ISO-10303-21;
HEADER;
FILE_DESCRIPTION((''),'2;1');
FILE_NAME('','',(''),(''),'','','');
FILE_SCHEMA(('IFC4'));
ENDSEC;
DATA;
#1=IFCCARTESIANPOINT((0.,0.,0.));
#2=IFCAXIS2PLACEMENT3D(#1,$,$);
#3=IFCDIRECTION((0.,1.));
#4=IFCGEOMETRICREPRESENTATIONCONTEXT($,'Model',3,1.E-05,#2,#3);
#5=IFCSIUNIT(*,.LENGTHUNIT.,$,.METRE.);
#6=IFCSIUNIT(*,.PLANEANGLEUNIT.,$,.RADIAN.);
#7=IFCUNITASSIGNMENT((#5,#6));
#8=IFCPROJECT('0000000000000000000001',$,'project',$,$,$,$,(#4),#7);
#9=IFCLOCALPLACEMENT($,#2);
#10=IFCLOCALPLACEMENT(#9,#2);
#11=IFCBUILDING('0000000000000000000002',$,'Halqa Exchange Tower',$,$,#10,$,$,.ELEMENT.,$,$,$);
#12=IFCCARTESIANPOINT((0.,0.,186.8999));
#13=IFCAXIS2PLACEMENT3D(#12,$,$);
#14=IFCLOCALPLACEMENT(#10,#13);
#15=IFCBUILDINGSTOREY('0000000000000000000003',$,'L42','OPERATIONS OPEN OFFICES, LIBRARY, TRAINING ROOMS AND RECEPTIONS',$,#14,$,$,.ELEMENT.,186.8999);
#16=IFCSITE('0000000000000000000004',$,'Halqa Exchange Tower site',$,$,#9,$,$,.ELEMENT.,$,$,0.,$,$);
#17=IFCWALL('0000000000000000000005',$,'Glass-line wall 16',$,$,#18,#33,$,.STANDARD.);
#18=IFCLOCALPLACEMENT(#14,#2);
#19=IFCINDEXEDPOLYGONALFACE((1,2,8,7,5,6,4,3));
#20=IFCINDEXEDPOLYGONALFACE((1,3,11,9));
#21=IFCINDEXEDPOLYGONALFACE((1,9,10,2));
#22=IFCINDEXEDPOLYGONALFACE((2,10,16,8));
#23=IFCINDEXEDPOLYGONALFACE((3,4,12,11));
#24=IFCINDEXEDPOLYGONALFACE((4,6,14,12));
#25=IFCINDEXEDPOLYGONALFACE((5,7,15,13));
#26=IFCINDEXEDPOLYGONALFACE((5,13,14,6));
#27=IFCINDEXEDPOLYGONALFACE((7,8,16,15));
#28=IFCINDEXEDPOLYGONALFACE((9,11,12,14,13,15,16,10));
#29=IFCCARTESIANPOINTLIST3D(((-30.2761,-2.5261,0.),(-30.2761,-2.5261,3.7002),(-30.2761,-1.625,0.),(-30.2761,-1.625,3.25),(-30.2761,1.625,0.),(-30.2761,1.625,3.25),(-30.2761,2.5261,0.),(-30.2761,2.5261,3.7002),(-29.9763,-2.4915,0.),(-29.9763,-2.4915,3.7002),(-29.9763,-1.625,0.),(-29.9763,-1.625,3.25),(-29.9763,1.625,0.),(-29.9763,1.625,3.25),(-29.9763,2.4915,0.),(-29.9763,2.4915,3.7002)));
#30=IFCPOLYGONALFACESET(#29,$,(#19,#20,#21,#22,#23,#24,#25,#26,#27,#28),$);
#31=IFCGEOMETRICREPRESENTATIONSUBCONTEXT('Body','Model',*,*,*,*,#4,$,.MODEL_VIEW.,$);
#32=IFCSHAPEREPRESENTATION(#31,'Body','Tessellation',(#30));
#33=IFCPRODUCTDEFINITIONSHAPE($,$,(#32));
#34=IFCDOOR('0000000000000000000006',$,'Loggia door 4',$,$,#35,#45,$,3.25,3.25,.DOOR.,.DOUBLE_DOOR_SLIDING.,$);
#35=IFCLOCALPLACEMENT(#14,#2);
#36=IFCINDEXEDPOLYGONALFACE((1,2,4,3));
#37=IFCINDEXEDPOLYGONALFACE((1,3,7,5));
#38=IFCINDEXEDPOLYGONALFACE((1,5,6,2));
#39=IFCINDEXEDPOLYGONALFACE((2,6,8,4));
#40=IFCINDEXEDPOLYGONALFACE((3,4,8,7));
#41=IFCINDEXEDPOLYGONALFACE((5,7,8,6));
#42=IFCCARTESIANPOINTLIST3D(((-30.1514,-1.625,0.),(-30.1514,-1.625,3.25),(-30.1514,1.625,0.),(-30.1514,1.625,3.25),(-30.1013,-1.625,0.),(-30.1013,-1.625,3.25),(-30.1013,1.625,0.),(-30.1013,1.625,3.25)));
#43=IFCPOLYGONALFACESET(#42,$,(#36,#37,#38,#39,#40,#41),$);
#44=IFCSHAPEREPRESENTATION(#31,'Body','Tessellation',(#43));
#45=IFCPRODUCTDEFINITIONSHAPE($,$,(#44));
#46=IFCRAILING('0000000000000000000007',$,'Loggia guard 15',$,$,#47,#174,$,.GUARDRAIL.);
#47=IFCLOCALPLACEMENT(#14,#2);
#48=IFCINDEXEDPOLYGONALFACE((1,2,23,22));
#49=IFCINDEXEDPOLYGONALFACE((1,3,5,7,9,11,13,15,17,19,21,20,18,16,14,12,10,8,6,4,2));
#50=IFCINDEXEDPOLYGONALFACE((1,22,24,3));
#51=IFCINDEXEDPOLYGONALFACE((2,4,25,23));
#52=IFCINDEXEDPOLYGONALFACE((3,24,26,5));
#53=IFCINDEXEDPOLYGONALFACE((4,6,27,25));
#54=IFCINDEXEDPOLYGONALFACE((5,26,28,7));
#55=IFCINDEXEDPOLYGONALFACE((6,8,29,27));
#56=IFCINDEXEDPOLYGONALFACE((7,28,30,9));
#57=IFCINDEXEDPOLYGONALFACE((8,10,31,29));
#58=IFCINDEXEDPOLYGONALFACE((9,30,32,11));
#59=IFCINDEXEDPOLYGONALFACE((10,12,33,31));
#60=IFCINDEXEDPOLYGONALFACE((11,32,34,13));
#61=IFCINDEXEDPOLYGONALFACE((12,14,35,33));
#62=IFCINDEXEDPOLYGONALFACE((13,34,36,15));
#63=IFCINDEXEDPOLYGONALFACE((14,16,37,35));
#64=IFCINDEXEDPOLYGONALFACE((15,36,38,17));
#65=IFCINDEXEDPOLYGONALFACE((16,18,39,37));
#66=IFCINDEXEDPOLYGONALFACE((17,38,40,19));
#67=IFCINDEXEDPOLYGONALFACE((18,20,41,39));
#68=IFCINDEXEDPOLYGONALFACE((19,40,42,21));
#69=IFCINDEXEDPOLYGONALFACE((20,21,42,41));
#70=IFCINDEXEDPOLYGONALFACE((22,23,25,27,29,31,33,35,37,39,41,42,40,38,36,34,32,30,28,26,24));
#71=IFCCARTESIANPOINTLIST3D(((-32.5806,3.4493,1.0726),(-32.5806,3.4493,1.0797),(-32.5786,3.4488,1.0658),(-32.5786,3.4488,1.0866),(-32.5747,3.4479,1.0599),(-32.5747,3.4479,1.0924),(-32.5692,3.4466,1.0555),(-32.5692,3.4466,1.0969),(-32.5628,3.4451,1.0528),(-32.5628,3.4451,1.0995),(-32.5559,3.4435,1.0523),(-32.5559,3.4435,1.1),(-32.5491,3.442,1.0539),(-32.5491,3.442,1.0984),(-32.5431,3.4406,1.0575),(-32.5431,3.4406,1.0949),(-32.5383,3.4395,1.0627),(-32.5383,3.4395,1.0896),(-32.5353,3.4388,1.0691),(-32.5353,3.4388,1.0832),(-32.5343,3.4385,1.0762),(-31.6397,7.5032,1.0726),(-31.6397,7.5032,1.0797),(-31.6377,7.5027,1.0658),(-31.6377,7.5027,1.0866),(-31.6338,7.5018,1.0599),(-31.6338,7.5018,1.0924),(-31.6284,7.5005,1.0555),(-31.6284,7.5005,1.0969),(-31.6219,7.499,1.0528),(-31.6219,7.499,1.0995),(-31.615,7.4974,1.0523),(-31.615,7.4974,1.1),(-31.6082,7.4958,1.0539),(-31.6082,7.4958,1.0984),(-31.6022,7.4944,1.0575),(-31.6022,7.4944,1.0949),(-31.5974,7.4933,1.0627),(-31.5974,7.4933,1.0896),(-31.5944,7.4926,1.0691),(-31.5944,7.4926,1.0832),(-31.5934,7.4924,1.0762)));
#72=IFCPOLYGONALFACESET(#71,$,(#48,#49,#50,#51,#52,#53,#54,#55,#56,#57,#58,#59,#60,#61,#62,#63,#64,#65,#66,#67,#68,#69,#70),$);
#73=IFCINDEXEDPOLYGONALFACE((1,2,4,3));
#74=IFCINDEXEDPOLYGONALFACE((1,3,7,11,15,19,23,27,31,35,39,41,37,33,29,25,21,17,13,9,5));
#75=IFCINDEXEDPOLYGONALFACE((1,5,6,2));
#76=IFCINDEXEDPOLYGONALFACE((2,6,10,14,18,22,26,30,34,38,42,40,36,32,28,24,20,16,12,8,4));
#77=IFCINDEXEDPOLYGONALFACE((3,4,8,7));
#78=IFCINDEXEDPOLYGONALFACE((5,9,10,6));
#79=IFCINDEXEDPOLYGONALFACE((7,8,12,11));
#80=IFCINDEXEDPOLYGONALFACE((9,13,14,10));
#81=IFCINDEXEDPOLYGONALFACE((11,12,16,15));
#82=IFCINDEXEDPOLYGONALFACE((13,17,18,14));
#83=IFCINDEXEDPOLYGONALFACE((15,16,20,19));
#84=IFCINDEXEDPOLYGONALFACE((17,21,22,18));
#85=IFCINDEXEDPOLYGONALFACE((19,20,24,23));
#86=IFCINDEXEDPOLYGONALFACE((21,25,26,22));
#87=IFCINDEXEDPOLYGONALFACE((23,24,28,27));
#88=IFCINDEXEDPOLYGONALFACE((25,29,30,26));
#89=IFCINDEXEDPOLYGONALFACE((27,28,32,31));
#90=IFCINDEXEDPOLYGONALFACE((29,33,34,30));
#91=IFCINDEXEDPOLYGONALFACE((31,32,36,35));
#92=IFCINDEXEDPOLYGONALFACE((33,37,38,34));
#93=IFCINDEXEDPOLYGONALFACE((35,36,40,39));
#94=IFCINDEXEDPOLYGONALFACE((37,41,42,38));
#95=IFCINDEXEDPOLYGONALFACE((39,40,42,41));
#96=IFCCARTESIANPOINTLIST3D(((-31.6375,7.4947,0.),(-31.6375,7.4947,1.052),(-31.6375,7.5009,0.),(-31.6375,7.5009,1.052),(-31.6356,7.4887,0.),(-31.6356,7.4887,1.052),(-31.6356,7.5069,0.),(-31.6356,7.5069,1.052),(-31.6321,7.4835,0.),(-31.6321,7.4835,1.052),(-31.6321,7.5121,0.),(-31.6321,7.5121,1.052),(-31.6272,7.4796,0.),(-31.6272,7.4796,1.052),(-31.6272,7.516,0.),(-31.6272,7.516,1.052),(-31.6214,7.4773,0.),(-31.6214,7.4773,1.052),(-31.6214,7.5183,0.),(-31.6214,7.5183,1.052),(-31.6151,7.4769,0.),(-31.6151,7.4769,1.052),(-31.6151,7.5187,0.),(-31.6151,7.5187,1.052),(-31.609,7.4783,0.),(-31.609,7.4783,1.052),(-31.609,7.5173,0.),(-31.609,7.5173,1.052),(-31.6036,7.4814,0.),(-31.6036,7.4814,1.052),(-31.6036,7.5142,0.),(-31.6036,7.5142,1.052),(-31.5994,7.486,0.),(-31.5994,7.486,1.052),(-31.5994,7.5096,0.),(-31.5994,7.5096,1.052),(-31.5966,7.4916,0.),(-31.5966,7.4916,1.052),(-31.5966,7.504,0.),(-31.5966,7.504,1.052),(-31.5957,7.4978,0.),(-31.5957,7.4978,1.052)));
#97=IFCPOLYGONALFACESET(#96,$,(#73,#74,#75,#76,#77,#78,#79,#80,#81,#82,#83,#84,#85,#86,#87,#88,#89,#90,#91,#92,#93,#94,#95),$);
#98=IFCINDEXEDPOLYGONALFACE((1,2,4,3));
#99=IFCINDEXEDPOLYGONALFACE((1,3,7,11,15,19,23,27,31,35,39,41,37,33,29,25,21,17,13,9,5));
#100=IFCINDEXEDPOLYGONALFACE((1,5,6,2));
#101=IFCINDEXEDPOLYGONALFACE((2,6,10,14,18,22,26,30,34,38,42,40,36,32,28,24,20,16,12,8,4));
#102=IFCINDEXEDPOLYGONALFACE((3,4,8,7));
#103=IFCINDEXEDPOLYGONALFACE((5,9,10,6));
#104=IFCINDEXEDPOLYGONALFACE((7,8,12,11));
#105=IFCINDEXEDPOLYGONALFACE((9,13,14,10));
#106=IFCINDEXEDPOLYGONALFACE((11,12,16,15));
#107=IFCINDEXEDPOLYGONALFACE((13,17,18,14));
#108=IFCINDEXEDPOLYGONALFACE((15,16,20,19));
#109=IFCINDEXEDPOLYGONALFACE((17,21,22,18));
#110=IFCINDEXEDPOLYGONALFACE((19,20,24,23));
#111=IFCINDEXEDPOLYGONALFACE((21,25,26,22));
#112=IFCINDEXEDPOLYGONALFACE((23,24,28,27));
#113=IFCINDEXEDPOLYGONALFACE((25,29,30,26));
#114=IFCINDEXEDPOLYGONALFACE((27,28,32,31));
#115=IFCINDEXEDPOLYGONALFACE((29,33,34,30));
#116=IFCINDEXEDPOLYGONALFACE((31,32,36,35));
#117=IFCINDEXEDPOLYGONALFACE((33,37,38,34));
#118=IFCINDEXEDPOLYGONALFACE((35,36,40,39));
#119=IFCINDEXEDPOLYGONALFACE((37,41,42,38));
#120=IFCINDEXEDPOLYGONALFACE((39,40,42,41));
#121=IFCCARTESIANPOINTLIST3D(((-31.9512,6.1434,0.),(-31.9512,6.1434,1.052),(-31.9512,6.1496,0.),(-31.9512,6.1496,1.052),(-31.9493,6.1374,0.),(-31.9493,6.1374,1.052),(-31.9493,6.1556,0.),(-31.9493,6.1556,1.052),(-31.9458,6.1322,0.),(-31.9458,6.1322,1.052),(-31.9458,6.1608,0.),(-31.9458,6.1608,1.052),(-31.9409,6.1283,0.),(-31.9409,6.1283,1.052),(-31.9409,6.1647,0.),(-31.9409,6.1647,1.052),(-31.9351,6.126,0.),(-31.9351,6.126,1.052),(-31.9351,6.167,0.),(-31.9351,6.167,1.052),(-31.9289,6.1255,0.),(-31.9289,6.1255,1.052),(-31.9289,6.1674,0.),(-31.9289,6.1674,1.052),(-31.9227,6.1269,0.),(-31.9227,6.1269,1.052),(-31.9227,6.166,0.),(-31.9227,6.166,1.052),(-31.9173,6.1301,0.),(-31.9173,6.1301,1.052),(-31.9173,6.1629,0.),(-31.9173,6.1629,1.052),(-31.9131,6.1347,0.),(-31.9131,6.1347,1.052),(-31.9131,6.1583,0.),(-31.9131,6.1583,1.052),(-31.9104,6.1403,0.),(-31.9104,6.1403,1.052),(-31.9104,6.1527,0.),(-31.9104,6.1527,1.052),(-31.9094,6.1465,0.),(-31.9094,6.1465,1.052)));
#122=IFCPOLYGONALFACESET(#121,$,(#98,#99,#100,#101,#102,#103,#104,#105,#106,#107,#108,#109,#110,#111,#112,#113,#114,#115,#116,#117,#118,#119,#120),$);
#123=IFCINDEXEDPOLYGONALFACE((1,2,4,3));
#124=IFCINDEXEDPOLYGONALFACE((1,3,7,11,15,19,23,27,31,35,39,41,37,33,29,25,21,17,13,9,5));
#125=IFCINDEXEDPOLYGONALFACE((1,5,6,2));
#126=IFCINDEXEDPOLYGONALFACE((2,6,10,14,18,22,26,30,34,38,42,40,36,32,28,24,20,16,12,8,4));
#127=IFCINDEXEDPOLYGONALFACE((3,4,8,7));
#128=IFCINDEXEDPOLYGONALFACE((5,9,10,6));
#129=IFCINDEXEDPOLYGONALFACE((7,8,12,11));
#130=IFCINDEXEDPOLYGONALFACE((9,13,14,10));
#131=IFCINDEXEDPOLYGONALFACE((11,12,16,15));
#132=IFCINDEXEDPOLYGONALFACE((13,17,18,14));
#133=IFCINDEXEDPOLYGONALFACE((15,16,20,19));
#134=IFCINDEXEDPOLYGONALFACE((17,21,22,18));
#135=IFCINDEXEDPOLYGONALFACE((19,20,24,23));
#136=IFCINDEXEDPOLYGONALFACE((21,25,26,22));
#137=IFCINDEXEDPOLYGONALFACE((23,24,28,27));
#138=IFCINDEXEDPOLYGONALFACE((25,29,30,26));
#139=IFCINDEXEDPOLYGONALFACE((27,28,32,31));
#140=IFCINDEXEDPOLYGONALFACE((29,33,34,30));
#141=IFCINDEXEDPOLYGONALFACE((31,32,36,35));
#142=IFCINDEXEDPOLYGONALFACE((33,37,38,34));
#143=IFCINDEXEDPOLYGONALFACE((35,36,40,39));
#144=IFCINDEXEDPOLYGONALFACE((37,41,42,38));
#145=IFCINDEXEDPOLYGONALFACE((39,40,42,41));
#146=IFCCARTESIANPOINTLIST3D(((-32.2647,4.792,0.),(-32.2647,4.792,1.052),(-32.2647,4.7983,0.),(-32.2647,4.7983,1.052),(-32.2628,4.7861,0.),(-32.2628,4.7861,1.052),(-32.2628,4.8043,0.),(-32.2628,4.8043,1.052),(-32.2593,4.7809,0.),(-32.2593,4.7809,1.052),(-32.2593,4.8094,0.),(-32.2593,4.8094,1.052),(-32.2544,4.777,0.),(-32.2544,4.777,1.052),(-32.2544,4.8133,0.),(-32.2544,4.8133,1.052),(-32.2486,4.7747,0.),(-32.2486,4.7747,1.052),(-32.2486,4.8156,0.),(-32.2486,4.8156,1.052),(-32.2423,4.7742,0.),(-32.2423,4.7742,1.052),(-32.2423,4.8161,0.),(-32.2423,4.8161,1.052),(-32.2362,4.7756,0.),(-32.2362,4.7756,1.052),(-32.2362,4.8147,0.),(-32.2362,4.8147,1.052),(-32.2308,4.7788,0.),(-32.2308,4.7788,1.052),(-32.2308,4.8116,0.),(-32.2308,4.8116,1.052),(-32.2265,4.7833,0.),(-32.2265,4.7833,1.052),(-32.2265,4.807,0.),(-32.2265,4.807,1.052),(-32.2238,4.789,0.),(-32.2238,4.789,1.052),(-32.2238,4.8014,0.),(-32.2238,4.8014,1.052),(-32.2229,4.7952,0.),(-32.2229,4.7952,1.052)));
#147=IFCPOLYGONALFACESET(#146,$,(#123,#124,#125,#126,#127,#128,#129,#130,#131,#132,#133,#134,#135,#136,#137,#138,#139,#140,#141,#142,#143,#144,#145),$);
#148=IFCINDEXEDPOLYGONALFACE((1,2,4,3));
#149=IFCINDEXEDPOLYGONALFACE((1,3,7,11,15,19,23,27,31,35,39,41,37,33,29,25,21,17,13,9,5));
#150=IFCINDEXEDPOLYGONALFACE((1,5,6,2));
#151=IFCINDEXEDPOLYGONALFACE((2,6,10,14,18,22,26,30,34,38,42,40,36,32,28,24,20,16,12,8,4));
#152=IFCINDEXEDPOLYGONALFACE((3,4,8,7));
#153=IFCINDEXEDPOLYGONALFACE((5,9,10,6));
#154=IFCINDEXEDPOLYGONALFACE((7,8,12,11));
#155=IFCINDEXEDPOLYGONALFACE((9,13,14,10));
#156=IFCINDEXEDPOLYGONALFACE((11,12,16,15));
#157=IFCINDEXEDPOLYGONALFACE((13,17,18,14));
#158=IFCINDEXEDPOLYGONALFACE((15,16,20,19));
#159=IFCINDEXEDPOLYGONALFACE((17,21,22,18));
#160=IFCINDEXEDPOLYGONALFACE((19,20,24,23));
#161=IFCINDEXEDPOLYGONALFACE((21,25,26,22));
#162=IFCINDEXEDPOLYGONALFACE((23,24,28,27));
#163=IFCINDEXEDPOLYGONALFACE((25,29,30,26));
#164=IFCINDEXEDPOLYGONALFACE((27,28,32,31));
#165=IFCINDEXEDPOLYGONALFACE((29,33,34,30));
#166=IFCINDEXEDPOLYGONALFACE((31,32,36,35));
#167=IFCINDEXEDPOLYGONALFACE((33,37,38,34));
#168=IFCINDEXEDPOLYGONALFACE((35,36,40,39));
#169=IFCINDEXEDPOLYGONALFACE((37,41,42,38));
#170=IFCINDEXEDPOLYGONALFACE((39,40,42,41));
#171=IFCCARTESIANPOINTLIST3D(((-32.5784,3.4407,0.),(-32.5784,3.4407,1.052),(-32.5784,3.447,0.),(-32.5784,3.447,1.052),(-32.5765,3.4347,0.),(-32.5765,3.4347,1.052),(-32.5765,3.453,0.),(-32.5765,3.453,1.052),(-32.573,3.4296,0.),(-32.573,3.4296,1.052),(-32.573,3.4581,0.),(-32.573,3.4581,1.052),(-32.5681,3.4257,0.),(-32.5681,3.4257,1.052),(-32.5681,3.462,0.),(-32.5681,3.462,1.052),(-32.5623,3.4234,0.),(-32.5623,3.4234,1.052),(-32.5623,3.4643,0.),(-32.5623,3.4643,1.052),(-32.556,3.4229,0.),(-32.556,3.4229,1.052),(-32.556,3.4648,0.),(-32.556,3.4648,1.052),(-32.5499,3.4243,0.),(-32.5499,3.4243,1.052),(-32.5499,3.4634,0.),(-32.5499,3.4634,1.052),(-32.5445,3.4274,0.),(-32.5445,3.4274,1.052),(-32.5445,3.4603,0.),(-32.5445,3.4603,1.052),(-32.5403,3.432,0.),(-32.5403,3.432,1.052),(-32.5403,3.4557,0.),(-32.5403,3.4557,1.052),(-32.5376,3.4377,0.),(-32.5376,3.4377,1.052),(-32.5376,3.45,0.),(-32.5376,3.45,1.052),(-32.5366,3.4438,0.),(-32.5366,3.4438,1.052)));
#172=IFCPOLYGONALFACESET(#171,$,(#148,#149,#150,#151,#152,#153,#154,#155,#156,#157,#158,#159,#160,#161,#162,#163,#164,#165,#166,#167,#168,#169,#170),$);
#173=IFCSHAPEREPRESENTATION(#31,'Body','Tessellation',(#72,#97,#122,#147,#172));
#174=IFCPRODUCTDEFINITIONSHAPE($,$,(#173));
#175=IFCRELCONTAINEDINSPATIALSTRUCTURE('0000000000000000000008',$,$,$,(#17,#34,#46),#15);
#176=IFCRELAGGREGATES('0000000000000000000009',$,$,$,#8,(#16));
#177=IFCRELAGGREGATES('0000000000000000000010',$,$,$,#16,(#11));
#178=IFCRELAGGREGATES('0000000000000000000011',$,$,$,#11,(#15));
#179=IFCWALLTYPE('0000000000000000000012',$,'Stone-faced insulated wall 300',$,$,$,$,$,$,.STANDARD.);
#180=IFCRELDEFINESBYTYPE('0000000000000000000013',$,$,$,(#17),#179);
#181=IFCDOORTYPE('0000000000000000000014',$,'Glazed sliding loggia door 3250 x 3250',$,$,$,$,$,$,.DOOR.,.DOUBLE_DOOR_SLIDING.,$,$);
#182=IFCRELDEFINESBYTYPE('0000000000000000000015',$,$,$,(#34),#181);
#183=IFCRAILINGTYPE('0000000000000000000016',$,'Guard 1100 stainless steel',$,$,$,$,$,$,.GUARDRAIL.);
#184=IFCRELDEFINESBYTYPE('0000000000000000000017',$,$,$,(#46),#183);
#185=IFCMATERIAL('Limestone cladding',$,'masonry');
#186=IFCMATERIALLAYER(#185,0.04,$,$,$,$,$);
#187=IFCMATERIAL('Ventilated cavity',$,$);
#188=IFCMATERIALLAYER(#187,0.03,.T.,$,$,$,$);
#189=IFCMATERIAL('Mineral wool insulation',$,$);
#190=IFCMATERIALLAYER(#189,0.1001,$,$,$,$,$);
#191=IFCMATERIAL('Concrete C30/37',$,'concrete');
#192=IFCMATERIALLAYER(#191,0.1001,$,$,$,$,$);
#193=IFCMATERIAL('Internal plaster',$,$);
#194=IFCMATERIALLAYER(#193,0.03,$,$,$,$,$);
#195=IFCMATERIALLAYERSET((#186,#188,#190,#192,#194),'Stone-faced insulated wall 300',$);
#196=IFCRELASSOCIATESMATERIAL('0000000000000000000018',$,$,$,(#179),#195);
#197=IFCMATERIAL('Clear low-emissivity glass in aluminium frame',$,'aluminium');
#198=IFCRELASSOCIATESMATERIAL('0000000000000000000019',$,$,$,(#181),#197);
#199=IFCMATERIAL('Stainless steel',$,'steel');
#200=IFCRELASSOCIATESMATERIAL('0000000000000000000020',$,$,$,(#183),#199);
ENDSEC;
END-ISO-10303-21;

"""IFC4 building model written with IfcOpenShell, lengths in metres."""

from ifc_helpers import new_model, si_unit, direction, frame, frame_2d, origin, origin_2d, place, context, subcontext, project, spatial, polyline, rectangle, circle, outline, extrude, material, layer, layer_set, type_object, element, fill, save


model = new_model("IFC4")

# Units and contexts
model_context = context("Model", 3, precision=1e-05, world=origin(), true_north=direction((0.0, 1.0)))
body_context = subcontext(model_context, "Body", "Model", "MODEL_VIEW")
ifc_project = project(units=[si_unit("LENGTHUNIT", "METRE"), si_unit("PLANEANGLEUNIT", "RADIAN")], contexts=[model_context])

# Site, building, storey
site_placement = place(None, origin())
site = spatial("IfcSite", under=ifc_project, at=site_placement, Name="Halqa Exchange Tower site", CompositionType="ELEMENT", RefElevation=0.0)
building_placement = place(site_placement, origin())
building = spatial("IfcBuilding", under=site, at=building_placement, Name="Halqa Exchange Tower", CompositionType="ELEMENT")
storey_placement = place(building_placement, frame((0.0, 0.0, 186.8999)))
storey = spatial("IfcBuildingStorey", under=building, at=storey_placement, Name="L42", Description="OPERATIONS OPEN OFFICES, LIBRARY, TRAINING ROOMS AND RECEPTIONS", CompositionType="ELEMENT", Elevation=186.8999)

# Shared definitions
ifc_material_1 = material(Name="Limestone cladding", Category="masonry")
ifc_layer_1 = layer(ifc_material_1, 0.04)
ifc_material_2 = material(Name="Ventilated cavity")
ifc_layer_2 = layer(ifc_material_2, 0.03, ventilated=True)
ifc_material_3 = material(Name="Mineral wool insulation")
ifc_layer_3 = layer(ifc_material_3, 0.1001)
ifc_material_4 = material(Name="Concrete C30/37", Category="concrete")
ifc_layer_4 = layer(ifc_material_4, 0.1001)
ifc_material_5 = material(Name="Internal plaster")
ifc_layer_5 = layer(ifc_material_5, 0.03)
ifc_layer_set_1 = layer_set([ifc_layer_1, ifc_layer_2, ifc_layer_3, ifc_layer_4, ifc_layer_5], Name="Stone-faced insulated wall 300")
wall_type_1 = type_object("IfcWallType", Name="Stone-faced insulated wall 300", PredefinedType="STANDARD", material=ifc_layer_set_1)
ifc_material_6 = material(Name="Clear low-emissivity glass in aluminium frame", Category="aluminium")

# Wall, opening, door
wall_1_placement = place(storey_placement, frame((-30.1262, 2.5088, 0.0), z_axis=(0.0, 0.0, 1.0), x_axis=(0.0, -1.0, 0.0)))
wall_1 = element("IfcWall", 1, at=wall_1_placement, inside=storey, type_object=wall_type_1, Name="Glass-line wall 16", PredefinedType="STANDARD", context=body_context, shape_type="SweptSolid", body=[
    extrude(outline(polyline([(-0.0173, -0.1499), (5.0349, -0.1499), (5.0002, 0.1499), (0.0173, 0.1499), (-0.0173, -0.1499)])), origin(), (0.0, 0.0, 1.0), 3.7002),
])
opening_1_placement = place(wall_1_placement, frame((0.8838, 0.0, 0.0)))
opening_1 = element("IfcOpeningElement", 2, at=opening_1_placement, cuts=wall_1, PredefinedType="OPENING", context=body_context, shape_type="SweptSolid", body=[
    extrude(rectangle(XDim=3.25, YDim=3.25, at=frame_2d((1.625, 1.625))), frame((0.0, 0.1621, 0.0), z_axis=(0.0, -1.0, 0.0), x_axis=(1.0, 0.0, 0.0)), (0.0, 0.0, 1.0), 0.324),
])
door_type_1 = type_object("IfcDoorType", Name="Glazed sliding loggia door 3250 x 3250", OperationType="DOUBLE_DOOR_SLIDING", PredefinedType="DOOR", material=ifc_material_6)
door_1_placement = place(opening_1_placement, origin())
door_1 = element("IfcDoor", 3, at=door_1_placement, inside=storey, type_object=door_type_1, Name="Loggia door 4", OperationType="DOUBLE_DOOR_SLIDING", OverallHeight=3.25, OverallWidth=3.25, PredefinedType="DOOR", context=body_context, shape_type="SweptSolid", body=[
    extrude(rectangle(XDim=3.25, YDim=3.25, at=frame_2d((1.625, 1.625))), frame((0.0, 0.0249, 0.0), z_axis=(0.0, -1.0, 0.0), x_axis=(1.0, 0.0, 0.0)), (0.0, 0.0, 1.0), 0.05),
])
fill(opening_1, door_1)

# Railing
ifc_material_7 = material(Name="Stainless steel", Category="steel")
railing_type = type_object("IfcRailingType", Name="Guard 1100 stainless steel", PredefinedType="GUARDRAIL", material=ifc_material_7)
railing_1_placement = place(storey_placement, frame((-31.6167, 7.4978, 0.0)))
element("IfcRailing", 4, at=railing_1_placement, inside=storey, type_object=railing_type, Name="Loggia guard 15", PredefinedType="GUARDRAIL", context=body_context, shape_type="SweptSolid", body=[
    extrude(circle(Radius=0.0239, at=origin_2d()), frame((0.0, 0.0, 1.0762), z_axis=(-0.226089, -0.974107, 0.0), x_axis=(0.974107, -0.226089, 0.0)), (0.0, 0.0, 1.0), 4.1616),
    extrude(circle(Radius=0.021, at=origin_2d()), origin(), (0.0, 0.0, 1.0), 1.052),
    extrude(circle(Radius=0.021, at=origin_2d()), frame((-0.3137, -1.3513, 0.0)), (0.0, 0.0, 1.0), 1.052),
    extrude(circle(Radius=0.021, at=origin_2d()), frame((-0.6272, -2.7026, 0.0)), (0.0, 0.0, 1.0), 1.052),
    extrude(circle(Radius=0.021, at=origin_2d()), frame((-0.9409, -4.054, 0.0)), (0.0, 0.0, 1.0), 1.052),
])

save(model, "model.ifc")
